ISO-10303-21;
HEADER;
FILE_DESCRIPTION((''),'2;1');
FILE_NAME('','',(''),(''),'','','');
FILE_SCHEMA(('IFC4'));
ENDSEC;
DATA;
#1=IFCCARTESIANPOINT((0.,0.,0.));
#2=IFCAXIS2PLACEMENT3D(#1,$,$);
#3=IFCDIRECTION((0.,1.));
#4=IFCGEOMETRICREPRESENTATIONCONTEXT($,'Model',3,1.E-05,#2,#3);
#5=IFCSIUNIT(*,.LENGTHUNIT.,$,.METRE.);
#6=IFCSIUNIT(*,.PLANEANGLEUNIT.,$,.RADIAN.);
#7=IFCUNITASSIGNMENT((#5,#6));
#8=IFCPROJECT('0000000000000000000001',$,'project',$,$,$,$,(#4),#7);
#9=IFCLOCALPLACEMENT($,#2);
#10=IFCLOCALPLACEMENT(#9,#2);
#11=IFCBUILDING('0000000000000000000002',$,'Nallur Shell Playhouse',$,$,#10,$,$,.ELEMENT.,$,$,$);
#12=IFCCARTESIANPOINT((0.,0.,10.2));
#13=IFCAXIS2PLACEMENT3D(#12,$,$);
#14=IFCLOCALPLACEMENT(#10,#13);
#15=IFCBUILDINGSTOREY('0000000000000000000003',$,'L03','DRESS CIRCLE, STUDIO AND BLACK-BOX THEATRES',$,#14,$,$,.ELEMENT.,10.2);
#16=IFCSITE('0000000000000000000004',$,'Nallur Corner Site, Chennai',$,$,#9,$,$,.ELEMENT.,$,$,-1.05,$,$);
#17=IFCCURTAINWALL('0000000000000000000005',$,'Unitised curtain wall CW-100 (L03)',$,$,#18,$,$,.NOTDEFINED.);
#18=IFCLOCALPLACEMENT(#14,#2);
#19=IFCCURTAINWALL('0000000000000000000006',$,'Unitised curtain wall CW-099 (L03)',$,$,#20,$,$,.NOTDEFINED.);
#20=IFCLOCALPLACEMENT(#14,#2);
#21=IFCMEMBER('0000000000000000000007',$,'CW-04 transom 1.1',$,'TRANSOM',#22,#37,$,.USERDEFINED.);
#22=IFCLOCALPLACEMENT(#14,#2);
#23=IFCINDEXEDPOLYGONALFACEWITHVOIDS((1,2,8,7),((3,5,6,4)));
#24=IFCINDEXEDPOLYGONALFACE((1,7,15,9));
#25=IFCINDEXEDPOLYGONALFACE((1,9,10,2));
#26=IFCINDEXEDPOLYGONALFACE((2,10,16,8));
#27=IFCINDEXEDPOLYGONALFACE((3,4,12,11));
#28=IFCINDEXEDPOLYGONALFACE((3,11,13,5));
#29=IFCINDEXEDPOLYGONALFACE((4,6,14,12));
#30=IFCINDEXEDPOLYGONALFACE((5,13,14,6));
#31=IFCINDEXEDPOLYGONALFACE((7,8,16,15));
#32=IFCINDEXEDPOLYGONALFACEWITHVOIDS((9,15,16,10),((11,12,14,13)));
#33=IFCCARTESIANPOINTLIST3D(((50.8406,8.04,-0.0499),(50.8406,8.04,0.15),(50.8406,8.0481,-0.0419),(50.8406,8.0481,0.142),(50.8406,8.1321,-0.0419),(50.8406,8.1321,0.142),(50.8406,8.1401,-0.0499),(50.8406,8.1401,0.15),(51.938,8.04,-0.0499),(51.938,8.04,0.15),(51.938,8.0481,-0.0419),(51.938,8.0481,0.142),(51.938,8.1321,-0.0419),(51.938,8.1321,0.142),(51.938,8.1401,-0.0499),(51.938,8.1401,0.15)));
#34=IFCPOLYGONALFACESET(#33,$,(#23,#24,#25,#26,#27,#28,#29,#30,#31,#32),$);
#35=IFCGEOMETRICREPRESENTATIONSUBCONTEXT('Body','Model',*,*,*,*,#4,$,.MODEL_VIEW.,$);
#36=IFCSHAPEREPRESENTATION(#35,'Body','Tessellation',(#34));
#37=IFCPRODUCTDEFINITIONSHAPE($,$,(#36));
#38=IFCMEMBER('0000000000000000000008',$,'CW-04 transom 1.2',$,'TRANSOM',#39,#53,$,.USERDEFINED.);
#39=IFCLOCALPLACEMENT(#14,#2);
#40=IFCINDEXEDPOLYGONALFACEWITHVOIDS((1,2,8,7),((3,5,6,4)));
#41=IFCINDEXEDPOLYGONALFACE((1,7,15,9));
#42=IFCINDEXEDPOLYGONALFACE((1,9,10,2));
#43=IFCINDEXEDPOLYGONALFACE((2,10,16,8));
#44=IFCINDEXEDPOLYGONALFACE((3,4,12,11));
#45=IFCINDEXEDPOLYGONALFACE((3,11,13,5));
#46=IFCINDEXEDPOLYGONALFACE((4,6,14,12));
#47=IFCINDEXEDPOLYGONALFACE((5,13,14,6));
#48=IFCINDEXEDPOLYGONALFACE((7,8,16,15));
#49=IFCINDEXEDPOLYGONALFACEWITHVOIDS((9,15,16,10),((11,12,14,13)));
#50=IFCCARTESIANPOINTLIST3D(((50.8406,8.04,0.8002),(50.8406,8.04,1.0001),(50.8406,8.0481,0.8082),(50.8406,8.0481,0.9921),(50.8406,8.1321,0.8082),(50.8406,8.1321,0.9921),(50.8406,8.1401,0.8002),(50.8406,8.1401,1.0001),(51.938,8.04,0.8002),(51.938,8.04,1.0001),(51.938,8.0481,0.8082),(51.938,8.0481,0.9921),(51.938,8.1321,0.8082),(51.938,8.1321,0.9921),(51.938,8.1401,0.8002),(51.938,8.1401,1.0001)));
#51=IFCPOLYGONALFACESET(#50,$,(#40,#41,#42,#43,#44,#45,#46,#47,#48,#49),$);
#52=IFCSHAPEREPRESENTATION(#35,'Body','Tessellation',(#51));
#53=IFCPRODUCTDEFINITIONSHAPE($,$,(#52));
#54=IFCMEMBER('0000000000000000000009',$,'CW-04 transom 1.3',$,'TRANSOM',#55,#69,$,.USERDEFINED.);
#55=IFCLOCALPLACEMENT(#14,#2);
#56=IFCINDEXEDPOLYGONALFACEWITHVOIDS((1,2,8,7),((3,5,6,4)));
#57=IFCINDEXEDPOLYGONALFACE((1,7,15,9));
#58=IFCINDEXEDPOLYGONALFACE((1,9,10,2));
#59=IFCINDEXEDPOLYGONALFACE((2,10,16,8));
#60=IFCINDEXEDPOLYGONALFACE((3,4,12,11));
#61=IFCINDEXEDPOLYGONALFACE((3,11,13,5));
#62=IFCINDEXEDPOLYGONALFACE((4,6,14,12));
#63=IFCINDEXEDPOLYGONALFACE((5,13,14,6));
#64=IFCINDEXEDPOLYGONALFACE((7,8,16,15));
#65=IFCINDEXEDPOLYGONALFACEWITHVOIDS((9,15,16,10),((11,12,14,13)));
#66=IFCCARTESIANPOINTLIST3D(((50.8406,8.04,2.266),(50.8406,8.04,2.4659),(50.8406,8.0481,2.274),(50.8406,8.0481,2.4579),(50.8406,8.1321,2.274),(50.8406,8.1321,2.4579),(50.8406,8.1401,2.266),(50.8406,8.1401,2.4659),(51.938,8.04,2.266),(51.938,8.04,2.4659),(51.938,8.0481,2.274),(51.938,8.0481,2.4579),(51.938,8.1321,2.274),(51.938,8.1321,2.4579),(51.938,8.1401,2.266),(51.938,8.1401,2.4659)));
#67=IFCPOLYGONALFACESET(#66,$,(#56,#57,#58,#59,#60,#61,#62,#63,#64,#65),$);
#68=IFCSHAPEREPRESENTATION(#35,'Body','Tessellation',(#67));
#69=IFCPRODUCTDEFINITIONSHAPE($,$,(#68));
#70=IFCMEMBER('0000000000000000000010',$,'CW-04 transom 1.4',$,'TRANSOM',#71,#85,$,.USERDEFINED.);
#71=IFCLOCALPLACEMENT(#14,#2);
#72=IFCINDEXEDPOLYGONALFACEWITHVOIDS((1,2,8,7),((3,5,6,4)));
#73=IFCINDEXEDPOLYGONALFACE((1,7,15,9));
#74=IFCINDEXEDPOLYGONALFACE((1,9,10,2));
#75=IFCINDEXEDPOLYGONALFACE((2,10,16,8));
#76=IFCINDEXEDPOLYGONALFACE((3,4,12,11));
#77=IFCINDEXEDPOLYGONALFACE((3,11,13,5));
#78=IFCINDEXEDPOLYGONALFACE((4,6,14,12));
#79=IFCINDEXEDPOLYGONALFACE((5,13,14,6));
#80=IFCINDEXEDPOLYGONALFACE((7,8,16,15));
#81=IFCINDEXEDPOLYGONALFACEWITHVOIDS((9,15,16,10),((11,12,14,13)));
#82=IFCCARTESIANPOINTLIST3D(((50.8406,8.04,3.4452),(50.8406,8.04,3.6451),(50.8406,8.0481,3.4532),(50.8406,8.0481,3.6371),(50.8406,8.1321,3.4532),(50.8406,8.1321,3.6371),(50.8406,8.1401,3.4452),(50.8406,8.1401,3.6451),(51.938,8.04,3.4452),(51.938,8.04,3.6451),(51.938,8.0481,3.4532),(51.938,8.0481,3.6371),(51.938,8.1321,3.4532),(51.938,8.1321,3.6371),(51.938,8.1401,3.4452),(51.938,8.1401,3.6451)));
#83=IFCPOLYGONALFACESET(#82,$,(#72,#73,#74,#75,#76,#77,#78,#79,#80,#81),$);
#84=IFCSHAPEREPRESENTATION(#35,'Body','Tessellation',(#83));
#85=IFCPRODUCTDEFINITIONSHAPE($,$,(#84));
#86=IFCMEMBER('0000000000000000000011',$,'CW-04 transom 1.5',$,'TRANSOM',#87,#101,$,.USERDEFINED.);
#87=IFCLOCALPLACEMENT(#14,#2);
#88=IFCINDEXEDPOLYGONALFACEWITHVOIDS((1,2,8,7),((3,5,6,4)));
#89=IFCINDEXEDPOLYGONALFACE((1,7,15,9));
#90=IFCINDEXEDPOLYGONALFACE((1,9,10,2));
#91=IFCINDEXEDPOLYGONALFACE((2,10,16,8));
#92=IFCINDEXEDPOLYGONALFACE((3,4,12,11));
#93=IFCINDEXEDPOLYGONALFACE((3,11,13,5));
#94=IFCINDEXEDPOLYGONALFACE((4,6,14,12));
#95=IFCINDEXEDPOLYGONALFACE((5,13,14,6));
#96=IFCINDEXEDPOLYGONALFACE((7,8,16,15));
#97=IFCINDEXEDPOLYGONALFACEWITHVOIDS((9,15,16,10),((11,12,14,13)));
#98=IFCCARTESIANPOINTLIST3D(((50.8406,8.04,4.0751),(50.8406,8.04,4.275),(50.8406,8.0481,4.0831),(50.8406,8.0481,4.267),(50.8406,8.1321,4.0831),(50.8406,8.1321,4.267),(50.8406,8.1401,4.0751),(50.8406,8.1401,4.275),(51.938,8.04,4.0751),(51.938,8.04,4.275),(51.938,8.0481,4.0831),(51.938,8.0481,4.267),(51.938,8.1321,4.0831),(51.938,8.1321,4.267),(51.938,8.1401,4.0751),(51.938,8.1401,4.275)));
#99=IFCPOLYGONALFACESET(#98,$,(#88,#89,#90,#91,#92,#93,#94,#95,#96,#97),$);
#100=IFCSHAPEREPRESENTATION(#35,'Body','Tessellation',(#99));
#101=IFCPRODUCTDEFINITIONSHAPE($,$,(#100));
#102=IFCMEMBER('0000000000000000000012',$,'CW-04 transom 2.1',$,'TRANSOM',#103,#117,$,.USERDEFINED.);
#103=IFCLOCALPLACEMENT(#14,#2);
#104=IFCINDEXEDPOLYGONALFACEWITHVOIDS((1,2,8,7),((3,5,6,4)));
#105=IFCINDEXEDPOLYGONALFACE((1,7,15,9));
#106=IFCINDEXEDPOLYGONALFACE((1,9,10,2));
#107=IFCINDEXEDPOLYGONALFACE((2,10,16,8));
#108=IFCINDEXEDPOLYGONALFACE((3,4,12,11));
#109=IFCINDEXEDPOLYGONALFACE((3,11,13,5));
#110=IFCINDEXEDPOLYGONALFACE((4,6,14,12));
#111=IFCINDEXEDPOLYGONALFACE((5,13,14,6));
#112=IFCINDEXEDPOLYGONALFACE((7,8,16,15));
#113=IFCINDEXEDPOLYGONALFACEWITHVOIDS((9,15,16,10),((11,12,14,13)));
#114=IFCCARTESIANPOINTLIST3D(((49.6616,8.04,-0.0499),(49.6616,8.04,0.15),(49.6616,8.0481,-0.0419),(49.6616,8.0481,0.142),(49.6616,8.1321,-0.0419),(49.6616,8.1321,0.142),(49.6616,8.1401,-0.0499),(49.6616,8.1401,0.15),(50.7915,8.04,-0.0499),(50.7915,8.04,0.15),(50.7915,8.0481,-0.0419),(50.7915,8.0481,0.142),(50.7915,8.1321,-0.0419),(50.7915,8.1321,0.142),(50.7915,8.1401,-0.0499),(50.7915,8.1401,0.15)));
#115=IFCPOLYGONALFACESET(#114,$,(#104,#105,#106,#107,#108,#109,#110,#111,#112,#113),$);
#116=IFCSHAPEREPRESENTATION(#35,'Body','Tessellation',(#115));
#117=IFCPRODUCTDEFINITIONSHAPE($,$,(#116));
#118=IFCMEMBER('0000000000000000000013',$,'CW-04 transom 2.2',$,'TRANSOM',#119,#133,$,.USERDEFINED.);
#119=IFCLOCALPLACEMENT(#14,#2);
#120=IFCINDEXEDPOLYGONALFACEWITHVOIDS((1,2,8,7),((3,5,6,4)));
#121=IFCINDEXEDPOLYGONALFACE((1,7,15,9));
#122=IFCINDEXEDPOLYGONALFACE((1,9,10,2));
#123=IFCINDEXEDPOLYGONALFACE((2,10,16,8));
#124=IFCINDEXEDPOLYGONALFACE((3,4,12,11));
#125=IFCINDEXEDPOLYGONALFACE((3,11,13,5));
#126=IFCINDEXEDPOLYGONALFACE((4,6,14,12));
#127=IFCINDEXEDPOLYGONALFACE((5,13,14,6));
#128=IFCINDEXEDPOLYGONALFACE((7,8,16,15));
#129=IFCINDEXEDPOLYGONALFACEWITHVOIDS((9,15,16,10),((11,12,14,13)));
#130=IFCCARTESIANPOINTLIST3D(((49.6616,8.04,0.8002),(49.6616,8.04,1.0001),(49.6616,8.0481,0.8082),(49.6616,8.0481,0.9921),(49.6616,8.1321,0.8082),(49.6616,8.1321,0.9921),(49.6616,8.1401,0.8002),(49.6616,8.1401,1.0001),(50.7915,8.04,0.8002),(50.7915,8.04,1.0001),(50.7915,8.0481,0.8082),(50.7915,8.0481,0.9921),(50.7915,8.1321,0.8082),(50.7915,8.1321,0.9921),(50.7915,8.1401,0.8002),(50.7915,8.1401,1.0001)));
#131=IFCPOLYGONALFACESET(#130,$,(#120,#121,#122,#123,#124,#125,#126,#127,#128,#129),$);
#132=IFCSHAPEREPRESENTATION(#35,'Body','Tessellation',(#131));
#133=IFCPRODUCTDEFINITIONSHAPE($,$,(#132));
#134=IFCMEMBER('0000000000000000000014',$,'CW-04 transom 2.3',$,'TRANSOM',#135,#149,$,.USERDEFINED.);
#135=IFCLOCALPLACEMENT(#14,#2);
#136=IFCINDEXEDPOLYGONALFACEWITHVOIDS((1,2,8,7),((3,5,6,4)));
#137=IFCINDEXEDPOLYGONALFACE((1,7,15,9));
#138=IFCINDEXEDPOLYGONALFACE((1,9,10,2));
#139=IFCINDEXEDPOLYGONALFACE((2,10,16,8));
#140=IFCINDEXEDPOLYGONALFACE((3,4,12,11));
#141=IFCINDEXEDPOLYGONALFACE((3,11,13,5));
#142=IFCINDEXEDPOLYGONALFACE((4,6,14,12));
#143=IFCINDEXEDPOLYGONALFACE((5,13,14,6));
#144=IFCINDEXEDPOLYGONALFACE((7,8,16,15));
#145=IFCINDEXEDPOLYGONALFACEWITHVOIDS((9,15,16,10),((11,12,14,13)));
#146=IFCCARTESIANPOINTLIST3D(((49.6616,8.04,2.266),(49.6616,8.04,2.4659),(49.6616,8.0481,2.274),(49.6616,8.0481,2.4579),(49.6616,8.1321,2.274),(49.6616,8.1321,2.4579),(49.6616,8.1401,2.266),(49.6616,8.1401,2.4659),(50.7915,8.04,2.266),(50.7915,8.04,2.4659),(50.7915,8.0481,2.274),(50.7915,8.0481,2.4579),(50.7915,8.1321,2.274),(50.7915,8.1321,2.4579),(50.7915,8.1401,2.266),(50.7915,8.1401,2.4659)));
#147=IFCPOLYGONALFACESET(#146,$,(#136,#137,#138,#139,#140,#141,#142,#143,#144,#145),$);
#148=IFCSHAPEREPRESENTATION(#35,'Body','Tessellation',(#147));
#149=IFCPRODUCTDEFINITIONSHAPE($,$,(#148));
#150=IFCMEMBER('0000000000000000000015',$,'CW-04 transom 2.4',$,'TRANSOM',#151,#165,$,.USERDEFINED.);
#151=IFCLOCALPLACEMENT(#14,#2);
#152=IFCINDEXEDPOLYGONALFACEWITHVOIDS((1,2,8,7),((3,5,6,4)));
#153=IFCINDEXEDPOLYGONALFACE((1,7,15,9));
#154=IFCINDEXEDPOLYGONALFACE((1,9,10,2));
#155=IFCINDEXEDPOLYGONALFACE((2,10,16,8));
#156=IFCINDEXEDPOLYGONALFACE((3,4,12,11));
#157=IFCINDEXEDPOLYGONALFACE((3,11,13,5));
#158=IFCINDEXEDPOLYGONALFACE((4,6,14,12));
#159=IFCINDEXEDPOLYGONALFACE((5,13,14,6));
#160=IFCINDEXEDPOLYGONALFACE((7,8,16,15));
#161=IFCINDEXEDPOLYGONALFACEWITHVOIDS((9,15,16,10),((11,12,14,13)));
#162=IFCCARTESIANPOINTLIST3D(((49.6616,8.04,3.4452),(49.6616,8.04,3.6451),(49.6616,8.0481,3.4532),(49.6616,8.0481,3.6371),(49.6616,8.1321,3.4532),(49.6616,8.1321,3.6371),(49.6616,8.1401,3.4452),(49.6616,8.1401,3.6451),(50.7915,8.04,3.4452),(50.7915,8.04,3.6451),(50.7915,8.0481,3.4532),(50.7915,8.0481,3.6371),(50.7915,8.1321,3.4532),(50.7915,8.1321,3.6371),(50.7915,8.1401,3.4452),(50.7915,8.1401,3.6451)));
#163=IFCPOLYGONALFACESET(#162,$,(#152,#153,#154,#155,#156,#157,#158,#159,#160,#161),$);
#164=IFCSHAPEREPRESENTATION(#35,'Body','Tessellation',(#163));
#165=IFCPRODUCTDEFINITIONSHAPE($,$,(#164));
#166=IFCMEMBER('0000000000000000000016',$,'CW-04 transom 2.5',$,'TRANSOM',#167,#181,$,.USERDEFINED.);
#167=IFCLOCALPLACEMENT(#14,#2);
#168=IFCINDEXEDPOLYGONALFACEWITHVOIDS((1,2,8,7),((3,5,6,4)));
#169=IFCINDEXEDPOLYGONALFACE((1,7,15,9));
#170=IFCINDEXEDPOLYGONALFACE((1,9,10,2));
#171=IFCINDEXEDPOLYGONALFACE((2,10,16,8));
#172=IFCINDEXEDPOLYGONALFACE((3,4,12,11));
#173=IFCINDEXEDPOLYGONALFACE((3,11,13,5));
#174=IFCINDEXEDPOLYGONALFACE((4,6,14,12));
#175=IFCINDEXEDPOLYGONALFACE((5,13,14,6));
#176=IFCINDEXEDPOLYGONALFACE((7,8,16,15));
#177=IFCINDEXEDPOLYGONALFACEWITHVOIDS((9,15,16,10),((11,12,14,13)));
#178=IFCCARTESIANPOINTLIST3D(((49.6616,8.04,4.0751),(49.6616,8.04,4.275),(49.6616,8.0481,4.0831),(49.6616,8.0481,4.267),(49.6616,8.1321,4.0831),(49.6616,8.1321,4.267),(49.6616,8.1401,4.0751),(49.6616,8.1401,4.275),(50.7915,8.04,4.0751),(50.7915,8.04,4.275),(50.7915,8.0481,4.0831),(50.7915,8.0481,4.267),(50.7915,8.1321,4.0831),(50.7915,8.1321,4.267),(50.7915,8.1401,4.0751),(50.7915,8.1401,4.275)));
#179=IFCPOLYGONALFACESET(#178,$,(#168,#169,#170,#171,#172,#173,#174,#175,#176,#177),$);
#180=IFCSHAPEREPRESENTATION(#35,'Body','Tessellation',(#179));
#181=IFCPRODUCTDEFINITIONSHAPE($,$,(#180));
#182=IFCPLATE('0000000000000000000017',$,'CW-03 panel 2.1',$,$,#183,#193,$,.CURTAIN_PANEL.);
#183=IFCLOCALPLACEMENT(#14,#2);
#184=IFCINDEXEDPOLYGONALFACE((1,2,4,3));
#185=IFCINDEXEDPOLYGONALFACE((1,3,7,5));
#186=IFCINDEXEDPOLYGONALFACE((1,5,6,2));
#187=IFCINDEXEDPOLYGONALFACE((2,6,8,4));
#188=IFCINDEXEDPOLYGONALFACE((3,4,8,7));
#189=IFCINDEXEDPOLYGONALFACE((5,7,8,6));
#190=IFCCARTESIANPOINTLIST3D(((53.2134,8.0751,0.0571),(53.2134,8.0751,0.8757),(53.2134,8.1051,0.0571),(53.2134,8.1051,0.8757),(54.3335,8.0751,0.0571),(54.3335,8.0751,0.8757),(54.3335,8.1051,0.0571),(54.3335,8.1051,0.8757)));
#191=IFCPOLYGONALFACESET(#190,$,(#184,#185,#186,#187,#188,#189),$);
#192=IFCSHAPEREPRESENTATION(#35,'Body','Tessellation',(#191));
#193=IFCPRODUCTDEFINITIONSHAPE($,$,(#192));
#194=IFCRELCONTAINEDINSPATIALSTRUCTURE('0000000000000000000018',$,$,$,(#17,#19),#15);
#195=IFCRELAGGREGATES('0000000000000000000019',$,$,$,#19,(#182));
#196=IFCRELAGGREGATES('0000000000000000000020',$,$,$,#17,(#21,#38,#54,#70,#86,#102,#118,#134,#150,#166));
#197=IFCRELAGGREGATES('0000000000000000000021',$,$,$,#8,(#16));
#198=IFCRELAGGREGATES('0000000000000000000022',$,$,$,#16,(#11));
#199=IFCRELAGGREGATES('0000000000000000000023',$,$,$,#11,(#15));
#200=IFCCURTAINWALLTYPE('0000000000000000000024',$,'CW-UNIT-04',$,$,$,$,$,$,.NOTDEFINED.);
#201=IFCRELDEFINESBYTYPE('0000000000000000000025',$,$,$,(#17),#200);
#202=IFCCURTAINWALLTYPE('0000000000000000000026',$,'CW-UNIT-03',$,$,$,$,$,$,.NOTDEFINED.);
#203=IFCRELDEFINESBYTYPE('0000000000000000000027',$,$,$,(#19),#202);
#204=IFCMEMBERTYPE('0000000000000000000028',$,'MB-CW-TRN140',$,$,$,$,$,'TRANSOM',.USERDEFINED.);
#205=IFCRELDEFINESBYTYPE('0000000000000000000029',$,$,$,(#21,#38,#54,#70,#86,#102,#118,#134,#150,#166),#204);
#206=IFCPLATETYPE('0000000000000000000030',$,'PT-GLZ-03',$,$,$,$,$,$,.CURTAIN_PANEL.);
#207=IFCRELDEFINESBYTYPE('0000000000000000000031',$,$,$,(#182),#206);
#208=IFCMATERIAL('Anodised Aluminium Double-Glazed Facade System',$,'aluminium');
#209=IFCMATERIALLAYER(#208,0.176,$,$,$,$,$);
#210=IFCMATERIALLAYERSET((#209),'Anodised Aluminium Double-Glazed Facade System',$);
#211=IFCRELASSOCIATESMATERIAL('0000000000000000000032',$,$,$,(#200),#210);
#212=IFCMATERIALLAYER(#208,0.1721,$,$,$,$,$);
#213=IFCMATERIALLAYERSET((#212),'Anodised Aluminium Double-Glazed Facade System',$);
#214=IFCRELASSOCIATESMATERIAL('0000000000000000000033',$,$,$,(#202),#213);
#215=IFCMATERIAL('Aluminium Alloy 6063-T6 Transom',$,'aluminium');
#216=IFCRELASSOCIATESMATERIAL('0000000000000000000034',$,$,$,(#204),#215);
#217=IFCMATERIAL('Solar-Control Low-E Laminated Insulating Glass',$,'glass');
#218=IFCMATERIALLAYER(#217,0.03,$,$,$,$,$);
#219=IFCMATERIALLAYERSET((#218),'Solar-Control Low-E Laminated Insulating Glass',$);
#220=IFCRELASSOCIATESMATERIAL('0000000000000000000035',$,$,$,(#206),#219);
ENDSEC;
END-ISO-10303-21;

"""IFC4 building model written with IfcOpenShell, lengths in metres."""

from ifc_helpers import new_model, si_unit, direction, frame, origin, origin_2d, place, context, subcontext, project, spatial, rectangle, hollow_rectangle, extrude, material, layer, layer_set, material_profile, profile_set, type_object, element, aggregate, save


model = new_model("IFC4")

# Units and contexts
model_context = context("Model", 3, precision=1e-05, world=origin(), true_north=direction((0.0, 1.0)))
body_context = subcontext(model_context, "Body", "Model", "MODEL_VIEW")
ifc_project = project(units=[si_unit("LENGTHUNIT", "METRE"), si_unit("PLANEANGLEUNIT", "RADIAN")], contexts=[model_context])

# Site, building, storey
site_placement = place(None, origin())
site = spatial("IfcSite", under=ifc_project, at=site_placement, Name="Nallur Corner Site, Chennai", CompositionType="ELEMENT", RefElevation=-1.05)
building_placement = place(site_placement, origin())
building = spatial("IfcBuilding", under=site, at=building_placement, Name="Nallur Shell Playhouse", CompositionType="ELEMENT")
storey_placement = place(building_placement, frame((0.0, 0.0, 10.2)))
storey = spatial("IfcBuildingStorey", under=building, at=storey_placement, Name="L03", Description="DRESS CIRCLE, STUDIO AND BLACK-BOX THEATRES", CompositionType="ELEMENT", Elevation=10.2)

# Curtain walls
ifc_material_1 = material(Name="Anodised Aluminium Double-Glazed Facade System", Category="aluminium")
ifc_layer_1 = layer(ifc_material_1, 0.176)
ifc_layer_set_1 = layer_set([ifc_layer_1], Name="Anodised Aluminium Double-Glazed Facade System")
curtain_wall_type_1 = type_object("IfcCurtainWallType", Name="CW-UNIT-04", PredefinedType="NOTDEFINED", material=ifc_layer_set_1)
curtain_wall_1_placement = place(storey_placement, origin())
curtain_wall_1 = element("IfcCurtainWall", 1, at=curtain_wall_1_placement, inside=storey, type_object=curtain_wall_type_1, Name="Unitised curtain wall CW-100 (L03)", PredefinedType="NOTDEFINED")
ifc_layer_2 = layer(ifc_material_1, 0.1721)
ifc_layer_set_2 = layer_set([ifc_layer_2], Name="Anodised Aluminium Double-Glazed Facade System")
curtain_wall_type_2 = type_object("IfcCurtainWallType", Name="CW-UNIT-03", PredefinedType="NOTDEFINED", material=ifc_layer_set_2)
curtain_wall_2_placement = place(storey_placement, origin())
curtain_wall_2 = element("IfcCurtainWall", 2, at=curtain_wall_2_placement, inside=storey, type_object=curtain_wall_type_2, Name="Unitised curtain wall CW-099 (L03)", PredefinedType="NOTDEFINED")
ifc_material_2 = material(Name="Aluminium Alloy 6063-T6 Transom", Category="aluminium")

# Members
ifc_material_profile_1 = material_profile(ifc_material_2, hollow_rectangle(XDim=0.1001, YDim=0.2, WallThickness=0.0081, at=origin_2d()), Name="RHS 200x100x8")
ifc_profile_set_1 = profile_set([ifc_material_profile_1], Name="Aluminium Alloy 6063-T6 Transom")
member_type_1 = type_object("IfcMemberType", Name="MB-CW-TRN140", ElementType="TRANSOM", PredefinedType="USERDEFINED", material=ifc_profile_set_1)
member_1_placement = place(storey_placement, frame((51.938, 8.0901, 0.05), z_axis=(-1.0, 0.0, 0.0), x_axis=(0.0, -1.0, 0.0)))
member_1 = element("IfcMember", 3, at=member_1_placement, type_object=member_type_1, Name="CW-04 transom 1.1", ObjectType="TRANSOM", PredefinedType="USERDEFINED", context=body_context, shape_type="SweptSolid", body=[
    extrude(hollow_rectangle(XDim=0.1001, YDim=0.2, WallThickness=0.0081, at=origin_2d()), origin(), (0.0, 0.0, 1.0), 1.0974),
])
member_2_placement = place(storey_placement, frame((51.938, 8.0901, 0.9001), z_axis=(-1.0, 0.0, 0.0), x_axis=(0.0, -1.0, 0.0)))
member_2 = element("IfcMember", 4, at=member_2_placement, type_object=member_type_1, Name="CW-04 transom 1.2", ObjectType="TRANSOM", PredefinedType="USERDEFINED", context=body_context, shape_type="SweptSolid", body=[
    extrude(hollow_rectangle(XDim=0.1001, YDim=0.2, WallThickness=0.0081, at=origin_2d()), origin(), (0.0, 0.0, 1.0), 1.0974),
])
member_3_placement = place(storey_placement, frame((51.938, 8.0901, 2.366), z_axis=(-1.0, 0.0, 0.0), x_axis=(0.0, -1.0, 0.0)))
member_3 = element("IfcMember", 5, at=member_3_placement, type_object=member_type_1, Name="CW-04 transom 1.3", ObjectType="TRANSOM", PredefinedType="USERDEFINED", context=body_context, shape_type="SweptSolid", body=[
    extrude(hollow_rectangle(XDim=0.1001, YDim=0.2, WallThickness=0.0081, at=origin_2d()), origin(), (0.0, 0.0, 1.0), 1.0974),
])
member_4_placement = place(storey_placement, frame((51.938, 8.0901, 3.5452), z_axis=(-1.0, 0.0, 0.0), x_axis=(0.0, -1.0, 0.0)))
member_4 = element("IfcMember", 6, at=member_4_placement, type_object=member_type_1, Name="CW-04 transom 1.4", ObjectType="TRANSOM", PredefinedType="USERDEFINED", context=body_context, shape_type="SweptSolid", body=[
    extrude(hollow_rectangle(XDim=0.1001, YDim=0.2, WallThickness=0.0081, at=origin_2d()), origin(), (0.0, 0.0, 1.0), 1.0974),
])
member_5_placement = place(storey_placement, frame((51.938, 8.0901, 4.175), z_axis=(-1.0, 0.0, 0.0), x_axis=(0.0, -1.0, 0.0)))
member_5 = element("IfcMember", 7, at=member_5_placement, type_object=member_type_1, Name="CW-04 transom 1.5", ObjectType="TRANSOM", PredefinedType="USERDEFINED", context=body_context, shape_type="SweptSolid", body=[
    extrude(hollow_rectangle(XDim=0.1001, YDim=0.2, WallThickness=0.0081, at=origin_2d()), origin(), (0.0, 0.0, 1.0), 1.0974),
])
member_6_placement = place(storey_placement, frame((50.7915, 8.0901, 0.05), z_axis=(-1.0, 0.0, 0.0), x_axis=(0.0, -1.0, 0.0)))
member_6 = element("IfcMember", 8, at=member_6_placement, type_object=member_type_1, Name="CW-04 transom 2.1", ObjectType="TRANSOM", PredefinedType="USERDEFINED", context=body_context, shape_type="SweptSolid", body=[
    extrude(hollow_rectangle(XDim=0.1001, YDim=0.2, WallThickness=0.0081, at=origin_2d()), origin(), (0.0, 0.0, 1.0), 1.1299),
])
member_7_placement = place(storey_placement, frame((50.7915, 8.0901, 0.9001), z_axis=(-1.0, 0.0, 0.0), x_axis=(0.0, -1.0, 0.0)))
member_7 = element("IfcMember", 9, at=member_7_placement, type_object=member_type_1, Name="CW-04 transom 2.2", ObjectType="TRANSOM", PredefinedType="USERDEFINED", context=body_context, shape_type="SweptSolid", body=[
    extrude(hollow_rectangle(XDim=0.1001, YDim=0.2, WallThickness=0.0081, at=origin_2d()), origin(), (0.0, 0.0, 1.0), 1.1299),
])
member_8_placement = place(storey_placement, frame((50.7915, 8.0901, 2.366), z_axis=(-1.0, 0.0, 0.0), x_axis=(0.0, -1.0, 0.0)))
member_8 = element("IfcMember", 10, at=member_8_placement, type_object=member_type_1, Name="CW-04 transom 2.3", ObjectType="TRANSOM", PredefinedType="USERDEFINED", context=body_context, shape_type="SweptSolid", body=[
    extrude(hollow_rectangle(XDim=0.1001, YDim=0.2, WallThickness=0.0081, at=origin_2d()), origin(), (0.0, 0.0, 1.0), 1.1299),
])
member_9_placement = place(storey_placement, frame((50.7915, 8.0901, 3.5452), z_axis=(-1.0, 0.0, 0.0), x_axis=(0.0, -1.0, 0.0)))
member_9 = element("IfcMember", 11, at=member_9_placement, type_object=member_type_1, Name="CW-04 transom 2.4", ObjectType="TRANSOM", PredefinedType="USERDEFINED", context=body_context, shape_type="SweptSolid", body=[
    extrude(hollow_rectangle(XDim=0.1001, YDim=0.2, WallThickness=0.0081, at=origin_2d()), origin(), (0.0, 0.0, 1.0), 1.1299),
])
member_10_placement = place(storey_placement, frame((50.7915, 8.0901, 4.175), z_axis=(-1.0, 0.0, 0.0), x_axis=(0.0, -1.0, 0.0)))
member_10 = element("IfcMember", 12, at=member_10_placement, type_object=member_type_1, Name="CW-04 transom 2.5", ObjectType="TRANSOM", PredefinedType="USERDEFINED", context=body_context, shape_type="SweptSolid", body=[
    extrude(hollow_rectangle(XDim=0.1001, YDim=0.2, WallThickness=0.0081, at=origin_2d()), origin(), (0.0, 0.0, 1.0), 1.1299),
])

# Plate
ifc_material_3 = material(Name="Solar-Control Low-E Laminated Insulating Glass", Category="glass")
ifc_layer_3 = layer(ifc_material_3, 0.03)
ifc_layer_set_3 = layer_set([ifc_layer_3], Name="Solar-Control Low-E Laminated Insulating Glass")
plate_type_1 = type_object("IfcPlateType", Name="PT-GLZ-03", PredefinedType="CURTAIN_PANEL", material=ifc_layer_set_3)
plate_1_placement = place(storey_placement, frame((53.7734, 8.0901, 0.0571), z_axis=(0.0, 0.0, 1.0), x_axis=(-1.0, 0.0, 0.0)))
plate_1 = element("IfcPlate", 13, at=plate_1_placement, type_object=plate_type_1, Name="CW-03 panel 2.1", PredefinedType="CURTAIN_PANEL", context=body_context, shape_type="SweptSolid", body=[
    extrude(rectangle(XDim=1.1201, YDim=0.03, at=origin_2d()), origin(), (0.0, 0.0, 1.0), 0.8186),
])
aggregate(curtain_wall_2, [plate_1])
aggregate(curtain_wall_1, [member_1, member_2, member_3, member_4, member_5, member_6, member_7, member_8, member_9, member_10])

save(model, "model.ifc")
